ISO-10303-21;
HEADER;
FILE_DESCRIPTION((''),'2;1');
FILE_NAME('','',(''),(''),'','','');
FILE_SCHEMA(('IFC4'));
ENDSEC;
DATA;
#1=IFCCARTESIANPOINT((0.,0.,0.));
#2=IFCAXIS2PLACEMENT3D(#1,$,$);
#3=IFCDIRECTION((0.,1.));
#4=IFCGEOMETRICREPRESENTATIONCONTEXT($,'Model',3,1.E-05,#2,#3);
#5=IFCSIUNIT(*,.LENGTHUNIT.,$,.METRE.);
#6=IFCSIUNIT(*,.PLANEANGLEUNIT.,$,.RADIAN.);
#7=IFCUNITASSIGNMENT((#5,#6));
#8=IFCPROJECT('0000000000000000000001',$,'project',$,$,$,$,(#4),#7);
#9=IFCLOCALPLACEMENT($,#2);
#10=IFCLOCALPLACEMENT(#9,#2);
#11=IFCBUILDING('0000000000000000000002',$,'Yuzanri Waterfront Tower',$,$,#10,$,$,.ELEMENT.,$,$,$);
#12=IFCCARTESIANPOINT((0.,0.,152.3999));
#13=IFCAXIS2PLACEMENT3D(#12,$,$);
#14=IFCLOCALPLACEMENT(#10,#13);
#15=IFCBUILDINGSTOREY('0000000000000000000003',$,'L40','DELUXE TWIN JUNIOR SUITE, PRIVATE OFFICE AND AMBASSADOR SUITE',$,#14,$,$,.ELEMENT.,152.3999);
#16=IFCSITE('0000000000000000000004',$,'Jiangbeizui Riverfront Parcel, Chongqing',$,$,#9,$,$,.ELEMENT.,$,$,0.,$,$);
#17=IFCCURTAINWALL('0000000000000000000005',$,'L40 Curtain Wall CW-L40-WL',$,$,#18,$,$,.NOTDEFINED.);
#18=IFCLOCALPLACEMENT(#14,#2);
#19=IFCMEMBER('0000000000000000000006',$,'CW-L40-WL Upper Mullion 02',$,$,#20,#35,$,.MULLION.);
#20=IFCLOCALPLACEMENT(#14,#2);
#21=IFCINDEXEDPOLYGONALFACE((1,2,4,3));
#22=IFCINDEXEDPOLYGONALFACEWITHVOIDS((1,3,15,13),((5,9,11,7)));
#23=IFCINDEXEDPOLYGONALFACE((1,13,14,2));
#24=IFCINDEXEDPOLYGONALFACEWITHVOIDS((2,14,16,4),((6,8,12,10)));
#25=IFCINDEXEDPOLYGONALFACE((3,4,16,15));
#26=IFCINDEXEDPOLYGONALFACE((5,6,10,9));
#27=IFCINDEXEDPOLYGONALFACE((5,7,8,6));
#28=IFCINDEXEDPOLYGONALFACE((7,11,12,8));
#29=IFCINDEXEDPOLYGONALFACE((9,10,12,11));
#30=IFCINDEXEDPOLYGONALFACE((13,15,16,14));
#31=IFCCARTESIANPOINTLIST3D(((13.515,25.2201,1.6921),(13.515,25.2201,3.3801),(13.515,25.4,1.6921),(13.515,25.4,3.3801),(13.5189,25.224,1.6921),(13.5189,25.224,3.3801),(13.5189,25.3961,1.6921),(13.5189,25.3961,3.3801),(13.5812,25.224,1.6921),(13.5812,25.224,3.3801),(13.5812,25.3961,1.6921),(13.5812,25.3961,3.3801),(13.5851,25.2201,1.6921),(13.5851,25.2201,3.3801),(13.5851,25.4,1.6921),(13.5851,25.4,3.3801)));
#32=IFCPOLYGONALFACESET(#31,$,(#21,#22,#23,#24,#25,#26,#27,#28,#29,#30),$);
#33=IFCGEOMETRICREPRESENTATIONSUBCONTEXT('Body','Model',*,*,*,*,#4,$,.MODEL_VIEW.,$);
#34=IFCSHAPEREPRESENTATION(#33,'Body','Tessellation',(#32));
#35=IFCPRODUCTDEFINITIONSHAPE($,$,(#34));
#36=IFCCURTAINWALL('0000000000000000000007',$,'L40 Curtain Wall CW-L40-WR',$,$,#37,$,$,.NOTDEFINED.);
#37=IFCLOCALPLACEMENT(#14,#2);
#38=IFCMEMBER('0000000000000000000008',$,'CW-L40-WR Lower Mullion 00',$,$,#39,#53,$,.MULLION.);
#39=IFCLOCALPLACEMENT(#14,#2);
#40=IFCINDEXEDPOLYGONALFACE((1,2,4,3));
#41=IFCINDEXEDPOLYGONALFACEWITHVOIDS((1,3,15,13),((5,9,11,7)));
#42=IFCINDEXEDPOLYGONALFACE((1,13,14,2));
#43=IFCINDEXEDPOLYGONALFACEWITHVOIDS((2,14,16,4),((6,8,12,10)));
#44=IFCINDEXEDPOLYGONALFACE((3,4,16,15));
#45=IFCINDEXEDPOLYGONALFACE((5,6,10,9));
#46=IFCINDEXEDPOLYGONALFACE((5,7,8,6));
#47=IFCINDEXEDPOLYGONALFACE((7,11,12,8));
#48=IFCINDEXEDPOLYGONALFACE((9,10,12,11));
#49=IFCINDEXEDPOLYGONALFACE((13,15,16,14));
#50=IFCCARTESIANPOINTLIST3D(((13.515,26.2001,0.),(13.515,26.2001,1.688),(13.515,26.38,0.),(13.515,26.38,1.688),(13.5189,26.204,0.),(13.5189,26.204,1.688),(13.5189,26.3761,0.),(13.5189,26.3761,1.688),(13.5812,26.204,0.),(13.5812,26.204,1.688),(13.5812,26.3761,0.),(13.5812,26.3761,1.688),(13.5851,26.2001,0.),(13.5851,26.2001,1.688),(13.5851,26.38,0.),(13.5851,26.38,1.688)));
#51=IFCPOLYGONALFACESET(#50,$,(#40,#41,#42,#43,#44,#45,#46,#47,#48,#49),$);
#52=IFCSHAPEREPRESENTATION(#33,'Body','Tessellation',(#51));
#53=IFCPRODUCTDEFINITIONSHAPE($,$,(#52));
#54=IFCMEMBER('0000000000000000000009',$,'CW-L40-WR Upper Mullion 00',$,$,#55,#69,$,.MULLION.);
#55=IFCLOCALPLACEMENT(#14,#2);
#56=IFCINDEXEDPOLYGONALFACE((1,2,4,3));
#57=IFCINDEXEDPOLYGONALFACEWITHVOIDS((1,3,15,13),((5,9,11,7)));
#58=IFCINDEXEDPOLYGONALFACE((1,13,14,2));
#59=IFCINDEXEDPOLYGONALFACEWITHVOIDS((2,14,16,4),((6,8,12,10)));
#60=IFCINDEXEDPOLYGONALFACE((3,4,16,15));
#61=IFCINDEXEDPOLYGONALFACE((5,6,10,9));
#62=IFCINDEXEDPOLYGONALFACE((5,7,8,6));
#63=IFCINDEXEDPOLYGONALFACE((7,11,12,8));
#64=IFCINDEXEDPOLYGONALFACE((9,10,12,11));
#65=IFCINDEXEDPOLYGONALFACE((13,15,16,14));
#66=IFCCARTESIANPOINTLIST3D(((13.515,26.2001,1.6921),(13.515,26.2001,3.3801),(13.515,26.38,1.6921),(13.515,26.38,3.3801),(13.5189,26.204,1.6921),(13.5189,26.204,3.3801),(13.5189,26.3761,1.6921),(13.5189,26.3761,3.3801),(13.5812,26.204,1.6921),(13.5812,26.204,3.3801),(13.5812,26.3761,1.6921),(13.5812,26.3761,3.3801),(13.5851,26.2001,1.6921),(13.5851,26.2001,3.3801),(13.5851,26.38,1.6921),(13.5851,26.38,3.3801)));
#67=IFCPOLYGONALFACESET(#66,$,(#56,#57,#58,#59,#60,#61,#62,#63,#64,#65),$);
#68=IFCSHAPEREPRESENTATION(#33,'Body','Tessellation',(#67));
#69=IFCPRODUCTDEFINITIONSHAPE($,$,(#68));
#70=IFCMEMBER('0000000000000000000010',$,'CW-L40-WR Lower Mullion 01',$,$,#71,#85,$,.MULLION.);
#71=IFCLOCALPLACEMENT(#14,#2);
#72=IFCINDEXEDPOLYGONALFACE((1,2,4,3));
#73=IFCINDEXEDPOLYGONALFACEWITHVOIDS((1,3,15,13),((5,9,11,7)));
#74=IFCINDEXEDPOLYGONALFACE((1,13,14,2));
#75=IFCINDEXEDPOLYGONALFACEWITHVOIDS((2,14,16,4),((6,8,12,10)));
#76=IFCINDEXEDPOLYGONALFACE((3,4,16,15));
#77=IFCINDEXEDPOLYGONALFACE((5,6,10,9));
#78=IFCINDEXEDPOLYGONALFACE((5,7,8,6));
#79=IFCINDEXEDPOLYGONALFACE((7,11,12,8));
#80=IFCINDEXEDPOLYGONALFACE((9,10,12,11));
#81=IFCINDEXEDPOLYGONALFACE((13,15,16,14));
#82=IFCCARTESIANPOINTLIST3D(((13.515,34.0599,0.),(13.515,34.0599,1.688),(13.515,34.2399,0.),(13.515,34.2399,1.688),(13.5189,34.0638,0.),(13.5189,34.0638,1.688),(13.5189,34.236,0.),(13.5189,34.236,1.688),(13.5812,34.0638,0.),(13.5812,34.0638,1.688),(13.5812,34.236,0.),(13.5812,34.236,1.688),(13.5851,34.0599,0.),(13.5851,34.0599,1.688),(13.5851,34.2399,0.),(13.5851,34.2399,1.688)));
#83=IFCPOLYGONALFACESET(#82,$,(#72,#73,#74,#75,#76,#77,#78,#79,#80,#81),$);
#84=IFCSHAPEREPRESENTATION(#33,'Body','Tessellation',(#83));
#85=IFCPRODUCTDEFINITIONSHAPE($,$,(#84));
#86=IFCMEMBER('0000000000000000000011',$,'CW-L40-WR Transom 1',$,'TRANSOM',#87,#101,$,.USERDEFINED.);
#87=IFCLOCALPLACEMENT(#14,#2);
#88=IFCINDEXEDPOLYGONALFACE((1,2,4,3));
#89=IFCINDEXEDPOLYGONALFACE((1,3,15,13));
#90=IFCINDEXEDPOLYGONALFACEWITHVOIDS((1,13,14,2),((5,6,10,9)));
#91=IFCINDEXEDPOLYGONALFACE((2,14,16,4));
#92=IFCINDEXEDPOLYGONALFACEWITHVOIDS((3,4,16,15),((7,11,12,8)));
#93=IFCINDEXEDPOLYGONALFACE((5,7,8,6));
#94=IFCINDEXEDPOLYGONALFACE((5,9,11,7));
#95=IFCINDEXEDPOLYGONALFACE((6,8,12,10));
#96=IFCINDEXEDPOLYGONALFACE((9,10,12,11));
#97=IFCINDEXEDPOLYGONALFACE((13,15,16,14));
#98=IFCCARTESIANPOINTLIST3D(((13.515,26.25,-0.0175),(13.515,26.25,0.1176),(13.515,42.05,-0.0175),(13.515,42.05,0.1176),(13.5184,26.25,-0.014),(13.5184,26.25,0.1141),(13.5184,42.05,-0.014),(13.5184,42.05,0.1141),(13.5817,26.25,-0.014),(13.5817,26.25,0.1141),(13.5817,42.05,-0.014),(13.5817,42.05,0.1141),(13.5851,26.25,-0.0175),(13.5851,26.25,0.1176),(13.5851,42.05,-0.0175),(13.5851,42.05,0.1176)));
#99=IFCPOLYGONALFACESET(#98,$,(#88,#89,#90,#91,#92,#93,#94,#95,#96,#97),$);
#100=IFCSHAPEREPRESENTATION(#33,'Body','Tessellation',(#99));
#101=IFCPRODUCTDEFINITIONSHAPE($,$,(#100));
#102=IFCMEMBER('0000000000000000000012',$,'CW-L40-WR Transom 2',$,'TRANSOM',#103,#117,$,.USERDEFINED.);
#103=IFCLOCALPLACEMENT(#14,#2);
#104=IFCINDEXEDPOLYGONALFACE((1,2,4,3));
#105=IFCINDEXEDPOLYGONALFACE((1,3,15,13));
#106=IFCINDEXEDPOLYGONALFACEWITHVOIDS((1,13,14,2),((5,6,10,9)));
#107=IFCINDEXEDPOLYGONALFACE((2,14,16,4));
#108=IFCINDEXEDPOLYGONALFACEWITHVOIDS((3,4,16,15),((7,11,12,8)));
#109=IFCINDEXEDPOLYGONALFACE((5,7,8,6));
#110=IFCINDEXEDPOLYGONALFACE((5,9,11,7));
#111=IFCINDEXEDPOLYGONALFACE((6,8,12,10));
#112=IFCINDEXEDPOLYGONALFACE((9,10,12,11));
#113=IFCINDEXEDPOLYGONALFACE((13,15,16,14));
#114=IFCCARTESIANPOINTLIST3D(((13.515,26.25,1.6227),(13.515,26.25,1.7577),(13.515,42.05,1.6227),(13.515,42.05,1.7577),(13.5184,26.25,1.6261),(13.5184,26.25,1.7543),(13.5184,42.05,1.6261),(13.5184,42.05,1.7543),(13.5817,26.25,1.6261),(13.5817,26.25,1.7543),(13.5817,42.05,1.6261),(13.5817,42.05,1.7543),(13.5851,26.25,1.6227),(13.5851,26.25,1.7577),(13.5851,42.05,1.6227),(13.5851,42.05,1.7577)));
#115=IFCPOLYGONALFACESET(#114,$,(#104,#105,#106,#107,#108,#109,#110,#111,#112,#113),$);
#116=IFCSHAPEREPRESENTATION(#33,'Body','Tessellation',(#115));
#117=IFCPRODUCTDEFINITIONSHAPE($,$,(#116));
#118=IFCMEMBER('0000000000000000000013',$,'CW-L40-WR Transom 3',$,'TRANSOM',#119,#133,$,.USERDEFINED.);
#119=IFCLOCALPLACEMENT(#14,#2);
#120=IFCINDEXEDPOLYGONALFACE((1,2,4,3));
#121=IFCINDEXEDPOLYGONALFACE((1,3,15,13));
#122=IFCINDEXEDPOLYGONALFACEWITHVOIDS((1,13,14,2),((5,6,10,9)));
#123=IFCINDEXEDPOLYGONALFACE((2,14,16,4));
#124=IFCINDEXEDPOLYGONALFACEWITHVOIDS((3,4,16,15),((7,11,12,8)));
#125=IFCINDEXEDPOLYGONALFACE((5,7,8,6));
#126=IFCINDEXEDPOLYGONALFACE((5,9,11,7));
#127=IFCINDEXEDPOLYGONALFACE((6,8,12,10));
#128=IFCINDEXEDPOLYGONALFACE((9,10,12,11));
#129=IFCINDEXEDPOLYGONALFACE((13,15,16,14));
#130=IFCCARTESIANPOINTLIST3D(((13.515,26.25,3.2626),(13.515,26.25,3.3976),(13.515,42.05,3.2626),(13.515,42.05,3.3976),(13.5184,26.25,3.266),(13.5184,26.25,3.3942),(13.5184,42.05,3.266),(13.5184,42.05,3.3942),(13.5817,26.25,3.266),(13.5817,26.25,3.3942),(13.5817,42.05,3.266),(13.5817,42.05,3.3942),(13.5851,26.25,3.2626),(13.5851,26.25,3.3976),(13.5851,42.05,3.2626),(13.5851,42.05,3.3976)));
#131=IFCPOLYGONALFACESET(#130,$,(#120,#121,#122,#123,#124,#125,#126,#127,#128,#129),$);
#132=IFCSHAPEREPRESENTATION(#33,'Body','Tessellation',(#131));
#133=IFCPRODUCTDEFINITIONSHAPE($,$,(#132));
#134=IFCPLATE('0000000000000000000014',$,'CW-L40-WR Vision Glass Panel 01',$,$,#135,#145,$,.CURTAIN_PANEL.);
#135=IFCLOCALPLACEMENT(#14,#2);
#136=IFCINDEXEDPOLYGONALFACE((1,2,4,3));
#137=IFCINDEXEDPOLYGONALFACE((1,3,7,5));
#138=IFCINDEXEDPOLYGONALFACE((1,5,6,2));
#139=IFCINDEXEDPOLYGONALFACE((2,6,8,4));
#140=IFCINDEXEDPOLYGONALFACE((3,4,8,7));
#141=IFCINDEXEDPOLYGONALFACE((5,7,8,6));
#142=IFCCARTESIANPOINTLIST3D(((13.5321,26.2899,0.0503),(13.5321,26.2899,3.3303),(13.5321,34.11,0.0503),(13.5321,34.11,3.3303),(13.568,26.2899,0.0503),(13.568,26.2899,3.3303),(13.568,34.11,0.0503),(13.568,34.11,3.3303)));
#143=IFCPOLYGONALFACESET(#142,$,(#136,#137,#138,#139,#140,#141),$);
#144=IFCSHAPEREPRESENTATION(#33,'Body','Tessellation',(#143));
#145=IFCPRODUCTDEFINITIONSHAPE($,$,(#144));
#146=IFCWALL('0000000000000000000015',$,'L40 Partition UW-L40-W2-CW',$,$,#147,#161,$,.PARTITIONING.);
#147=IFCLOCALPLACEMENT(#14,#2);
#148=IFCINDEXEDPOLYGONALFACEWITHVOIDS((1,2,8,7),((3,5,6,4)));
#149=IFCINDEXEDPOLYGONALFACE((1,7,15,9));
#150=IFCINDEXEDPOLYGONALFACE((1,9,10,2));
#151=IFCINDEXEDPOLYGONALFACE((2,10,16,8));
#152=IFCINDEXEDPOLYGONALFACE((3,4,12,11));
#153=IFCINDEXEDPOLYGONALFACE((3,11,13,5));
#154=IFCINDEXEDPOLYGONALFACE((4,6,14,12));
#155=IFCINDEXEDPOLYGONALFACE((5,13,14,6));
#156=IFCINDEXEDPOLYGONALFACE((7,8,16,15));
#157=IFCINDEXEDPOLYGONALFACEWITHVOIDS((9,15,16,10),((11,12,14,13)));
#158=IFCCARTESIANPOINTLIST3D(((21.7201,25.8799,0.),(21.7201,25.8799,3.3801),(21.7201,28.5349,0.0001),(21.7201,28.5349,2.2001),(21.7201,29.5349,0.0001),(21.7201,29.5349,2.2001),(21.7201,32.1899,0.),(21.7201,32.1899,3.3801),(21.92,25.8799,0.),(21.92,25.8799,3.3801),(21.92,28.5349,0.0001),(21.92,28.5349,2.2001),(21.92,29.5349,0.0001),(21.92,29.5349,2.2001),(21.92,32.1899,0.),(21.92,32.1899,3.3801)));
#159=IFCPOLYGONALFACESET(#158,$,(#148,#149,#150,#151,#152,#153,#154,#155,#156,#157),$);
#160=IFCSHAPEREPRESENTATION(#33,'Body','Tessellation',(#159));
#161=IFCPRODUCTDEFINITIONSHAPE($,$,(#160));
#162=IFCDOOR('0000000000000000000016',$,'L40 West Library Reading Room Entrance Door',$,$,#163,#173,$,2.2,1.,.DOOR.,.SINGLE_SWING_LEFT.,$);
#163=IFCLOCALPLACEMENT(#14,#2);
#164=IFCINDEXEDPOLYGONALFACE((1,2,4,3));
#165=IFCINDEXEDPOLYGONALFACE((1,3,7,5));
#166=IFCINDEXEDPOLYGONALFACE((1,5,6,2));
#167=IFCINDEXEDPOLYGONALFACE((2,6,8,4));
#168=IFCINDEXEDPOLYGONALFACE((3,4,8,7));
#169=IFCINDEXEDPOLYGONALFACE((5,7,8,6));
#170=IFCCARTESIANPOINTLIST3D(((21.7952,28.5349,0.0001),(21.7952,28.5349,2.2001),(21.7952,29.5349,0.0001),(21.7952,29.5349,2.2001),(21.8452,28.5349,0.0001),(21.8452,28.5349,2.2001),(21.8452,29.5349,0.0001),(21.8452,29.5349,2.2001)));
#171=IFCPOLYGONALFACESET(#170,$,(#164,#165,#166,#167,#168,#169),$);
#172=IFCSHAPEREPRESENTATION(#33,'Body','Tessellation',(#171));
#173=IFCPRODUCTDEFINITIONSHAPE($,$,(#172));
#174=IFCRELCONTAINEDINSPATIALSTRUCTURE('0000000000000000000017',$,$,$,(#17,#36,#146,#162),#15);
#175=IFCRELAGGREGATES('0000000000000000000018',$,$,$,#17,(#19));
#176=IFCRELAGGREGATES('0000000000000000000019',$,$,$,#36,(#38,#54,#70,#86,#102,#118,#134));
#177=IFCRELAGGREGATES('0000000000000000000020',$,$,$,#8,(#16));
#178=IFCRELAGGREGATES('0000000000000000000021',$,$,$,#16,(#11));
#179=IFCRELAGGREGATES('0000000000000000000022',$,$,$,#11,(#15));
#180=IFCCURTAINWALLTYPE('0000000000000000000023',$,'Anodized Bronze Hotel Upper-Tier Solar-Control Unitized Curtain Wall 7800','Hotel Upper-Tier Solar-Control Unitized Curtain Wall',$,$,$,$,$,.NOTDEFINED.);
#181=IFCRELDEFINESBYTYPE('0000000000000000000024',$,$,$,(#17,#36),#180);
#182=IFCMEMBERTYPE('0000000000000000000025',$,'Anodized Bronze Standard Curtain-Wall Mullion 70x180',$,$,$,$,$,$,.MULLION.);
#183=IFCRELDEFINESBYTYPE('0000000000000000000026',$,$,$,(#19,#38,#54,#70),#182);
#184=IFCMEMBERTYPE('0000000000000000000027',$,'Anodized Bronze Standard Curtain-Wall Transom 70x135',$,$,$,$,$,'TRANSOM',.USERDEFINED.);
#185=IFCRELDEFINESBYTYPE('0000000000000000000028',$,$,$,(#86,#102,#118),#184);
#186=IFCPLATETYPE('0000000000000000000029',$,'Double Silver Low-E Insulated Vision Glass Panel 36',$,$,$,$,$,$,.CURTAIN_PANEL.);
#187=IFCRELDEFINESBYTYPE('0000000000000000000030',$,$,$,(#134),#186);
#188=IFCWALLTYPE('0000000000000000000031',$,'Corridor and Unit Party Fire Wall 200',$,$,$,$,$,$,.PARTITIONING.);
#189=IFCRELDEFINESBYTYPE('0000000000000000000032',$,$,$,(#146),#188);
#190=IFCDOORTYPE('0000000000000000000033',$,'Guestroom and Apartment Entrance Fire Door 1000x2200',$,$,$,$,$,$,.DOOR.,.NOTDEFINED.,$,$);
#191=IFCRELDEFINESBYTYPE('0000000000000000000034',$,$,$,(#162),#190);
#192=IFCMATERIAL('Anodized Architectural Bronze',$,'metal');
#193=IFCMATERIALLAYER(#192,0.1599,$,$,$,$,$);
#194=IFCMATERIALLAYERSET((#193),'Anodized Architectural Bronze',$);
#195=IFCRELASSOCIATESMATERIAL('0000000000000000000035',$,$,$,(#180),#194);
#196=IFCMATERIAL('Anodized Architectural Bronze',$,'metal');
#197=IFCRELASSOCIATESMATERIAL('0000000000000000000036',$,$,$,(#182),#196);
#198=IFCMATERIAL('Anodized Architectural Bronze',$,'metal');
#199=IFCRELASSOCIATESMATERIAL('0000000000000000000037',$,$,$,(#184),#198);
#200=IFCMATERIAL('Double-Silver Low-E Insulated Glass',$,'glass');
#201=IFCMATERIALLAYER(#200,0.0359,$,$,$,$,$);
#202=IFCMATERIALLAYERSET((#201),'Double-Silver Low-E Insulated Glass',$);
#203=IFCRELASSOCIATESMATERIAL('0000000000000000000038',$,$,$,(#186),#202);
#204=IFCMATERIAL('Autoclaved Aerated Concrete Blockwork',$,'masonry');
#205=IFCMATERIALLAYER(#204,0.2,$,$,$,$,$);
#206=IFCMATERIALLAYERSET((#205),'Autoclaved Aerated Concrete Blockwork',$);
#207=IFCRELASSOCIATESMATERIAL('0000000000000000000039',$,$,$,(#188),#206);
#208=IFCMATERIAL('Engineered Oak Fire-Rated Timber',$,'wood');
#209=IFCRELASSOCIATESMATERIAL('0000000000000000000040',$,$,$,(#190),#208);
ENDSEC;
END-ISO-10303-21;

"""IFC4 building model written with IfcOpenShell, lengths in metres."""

from ifc_helpers import new_model, si_unit, direction, frame, frame_2d, origin, origin_2d, place, context, subcontext, project, spatial, rectangle, hollow_rectangle, extrude, source, transform, mapped, material, layer, layer_set, material_profile, profile_set, type_object, element, fill, aggregate, save


model = new_model("IFC4")

# Units and contexts
model_context = context("Model", 3, precision=1e-05, world=origin(), true_north=direction((0.0, 1.0)))
body_context = subcontext(model_context, "Body", "Model", "MODEL_VIEW")
ifc_project = project(units=[si_unit("LENGTHUNIT", "METRE"), si_unit("PLANEANGLEUNIT", "RADIAN")], contexts=[model_context])

# Site, building, storey
site_placement = place(None, origin())
site = spatial("IfcSite", under=ifc_project, at=site_placement, Name="Jiangbeizui Riverfront Parcel, Chongqing", CompositionType="ELEMENT", RefElevation=0.0)
building_placement = place(site_placement, origin())
building = spatial("IfcBuilding", under=site, at=building_placement, Name="Yuzanri Waterfront Tower", CompositionType="ELEMENT")
storey_placement = place(building_placement, frame((0.0, 0.0, 152.3999)))
storey = spatial("IfcBuildingStorey", under=building, at=storey_placement, Name="L40", Description="DELUXE TWIN JUNIOR SUITE, PRIVATE OFFICE AND AMBASSADOR SUITE", CompositionType="ELEMENT", Elevation=152.3999)

# Curtain wall, member
ifc_material_1 = material(Name="Anodized Architectural Bronze", Category="metal")
ifc_layer_1 = layer(ifc_material_1, 0.1599)
ifc_layer_set_1 = layer_set([ifc_layer_1], Name="Anodized Architectural Bronze")
curtain_wall_type = type_object("IfcCurtainWallType", Name="Anodized Bronze Hotel Upper-Tier Solar-Control Unitized Curtain Wall 7800", Description="Hotel Upper-Tier Solar-Control Unitized Curtain Wall", PredefinedType="NOTDEFINED", material=ifc_layer_set_1)
curtain_wall_1_placement = place(storey_placement, origin())
curtain_wall_1 = element("IfcCurtainWall", 1, at=curtain_wall_1_placement, inside=storey, type_object=curtain_wall_type, Name="L40 Curtain Wall CW-L40-WL", PredefinedType="NOTDEFINED")
ifc_material_2 = material(Name="Anodized Architectural Bronze", Category="metal")
ifc_material_profile_1 = material_profile(ifc_material_2, hollow_rectangle(XDim=0.0701, YDim=0.1799, WallThickness=0.0039, at=origin_2d()), Name="CWM 70x180")
ifc_profile_set_1 = profile_set([ifc_material_profile_1], Name="Anodized Architectural Bronze")
member_type_1 = type_object("IfcMemberType", Name="Anodized Bronze Standard Curtain-Wall Mullion 70x180", PredefinedType="MULLION", material=ifc_profile_set_1)
shared_shape_1 = source(origin(), body_context, "Body", "SweptSolid", [
    extrude(hollow_rectangle(XDim=0.0701, YDim=0.1799, WallThickness=0.0039, at=origin_2d()), origin(), (0.0, 0.0, 1.0), 1.688),
])
member_1_placement = place(storey_placement, frame((13.55, 25.3101, 1.6921), z_axis=(0.0, 0.0, 1.0), x_axis=(1.0, 0.0, 0.0)))
member_1 = element("IfcMember", 2, at=member_1_placement, type_object=member_type_1, Name="CW-L40-WL Upper Mullion 02", PredefinedType="MULLION", context=body_context, shape_type="MappedRepresentation", body=[
    mapped(shared_shape_1, transform((0.0, 0.0, 0.0), scale=1.0)),
])
aggregate(curtain_wall_1, [member_1])

# Curtain wall, members, plate
curtain_wall_2_placement = place(storey_placement, origin())
curtain_wall_2 = element("IfcCurtainWall", 3, at=curtain_wall_2_placement, inside=storey, type_object=curtain_wall_type, Name="L40 Curtain Wall CW-L40-WR", PredefinedType="NOTDEFINED")
member_2_placement = place(storey_placement, frame((13.55, 26.29, 0.0), z_axis=(0.0, 0.0, 1.0), x_axis=(1.0, 0.0, 0.0)))
member_2 = element("IfcMember", 4, at=member_2_placement, type_object=member_type_1, Name="CW-L40-WR Lower Mullion 00", PredefinedType="MULLION", context=body_context, shape_type="MappedRepresentation", body=[
    mapped(shared_shape_1, transform((0.0, 0.0, 0.0), scale=1.0)),
])
member_3_placement = place(storey_placement, frame((13.55, 26.29, 1.6921), z_axis=(0.0, 0.0, 1.0), x_axis=(1.0, 0.0, 0.0)))
member_3 = element("IfcMember", 5, at=member_3_placement, type_object=member_type_1, Name="CW-L40-WR Upper Mullion 00", PredefinedType="MULLION", context=body_context, shape_type="MappedRepresentation", body=[
    mapped(shared_shape_1, transform((0.0, 0.0, 0.0), scale=1.0)),
])
member_4_placement = place(storey_placement, frame((13.55, 34.1499, 0.0), z_axis=(0.0, 0.0, 1.0), x_axis=(1.0, 0.0, 0.0)))
member_4 = element("IfcMember", 6, at=member_4_placement, type_object=member_type_1, Name="CW-L40-WR Lower Mullion 01", PredefinedType="MULLION", context=body_context, shape_type="MappedRepresentation", body=[
    mapped(shared_shape_1, transform((0.0, 0.0, 0.0), scale=1.0)),
])
ifc_material_3 = material(Name="Anodized Architectural Bronze", Category="metal")
ifc_material_profile_2 = material_profile(ifc_material_3, hollow_rectangle(XDim=0.0701, YDim=0.135, WallThickness=0.0034, at=origin_2d()), Name="CWT 70x135")
ifc_profile_set_2 = profile_set([ifc_material_profile_2], Name="Anodized Architectural Bronze")
member_type_2 = type_object("IfcMemberType", Name="Anodized Bronze Standard Curtain-Wall Transom 70x135", ElementType="TRANSOM", PredefinedType="USERDEFINED", material=ifc_profile_set_2)
shared_shape_2 = source(origin(), body_context, "Body", "SweptSolid", [
    extrude(hollow_rectangle(XDim=0.0701, YDim=0.135, WallThickness=0.0034, at=origin_2d()), origin(), (0.0, 0.0, 1.0), 15.8),
])
member_5_placement = place(storey_placement, frame((13.55, 26.25, 0.05), z_axis=(0.0, 1.0, 0.0), x_axis=(-1.0, 0.0, 0.0)))
member_5 = element("IfcMember", 7, at=member_5_placement, type_object=member_type_2, Name="CW-L40-WR Transom 1", ObjectType="TRANSOM", PredefinedType="USERDEFINED", context=body_context, shape_type="MappedRepresentation", body=[
    mapped(shared_shape_2, transform((0.0, 0.0, 0.0), scale=1.0)),
])
member_6_placement = place(storey_placement, frame((13.55, 26.25, 1.6902), z_axis=(0.0, 1.0, 0.0), x_axis=(-1.0, 0.0, 0.0)))
member_6 = element("IfcMember", 8, at=member_6_placement, type_object=member_type_2, Name="CW-L40-WR Transom 2", ObjectType="TRANSOM", PredefinedType="USERDEFINED", context=body_context, shape_type="MappedRepresentation", body=[
    mapped(shared_shape_2, transform((0.0, 0.0, 0.0), scale=1.0)),
])
member_7_placement = place(storey_placement, frame((13.55, 26.25, 3.3301), z_axis=(0.0, 1.0, 0.0), x_axis=(-1.0, 0.0, 0.0)))
member_7 = element("IfcMember", 9, at=member_7_placement, type_object=member_type_2, Name="CW-L40-WR Transom 3", ObjectType="TRANSOM", PredefinedType="USERDEFINED", context=body_context, shape_type="MappedRepresentation", body=[
    mapped(shared_shape_2, transform((0.0, 0.0, 0.0), scale=1.0)),
])
ifc_material_4 = material(Name="Double-Silver Low-E Insulated Glass", Category="glass")
ifc_layer_2 = layer(ifc_material_4, 0.0359)
ifc_layer_set_2 = layer_set([ifc_layer_2], Name="Double-Silver Low-E Insulated Glass")
plate_type = type_object("IfcPlateType", Name="Double Silver Low-E Insulated Vision Glass Panel 36", PredefinedType="CURTAIN_PANEL", material=ifc_layer_set_2)
shared_shape_3 = source(origin(), body_context, "Body", "SweptSolid", [
    extrude(rectangle(XDim=7.8201, YDim=0.0359, at=origin_2d()), origin(), (0.0, 0.0, 1.0), 3.28),
])
plate_placement = place(storey_placement, frame((13.55, 30.2, 0.0503), z_axis=(0.0, 0.0, 1.0), x_axis=(0.0, 1.0, 0.0)))
plate = element("IfcPlate", 10, at=plate_placement, type_object=plate_type, Name="CW-L40-WR Vision Glass Panel 01", PredefinedType="CURTAIN_PANEL", context=body_context, shape_type="MappedRepresentation", body=[
    mapped(shared_shape_3, transform((0.0, 0.0, 0.0), scale=1.0)),
])
aggregate(curtain_wall_2, [member_2, member_3, member_4, member_5, member_6, member_7, plate])

# Wall, opening, door
ifc_material_5 = material(Name="Autoclaved Aerated Concrete Blockwork", Category="masonry")
ifc_layer_3 = layer(ifc_material_5, 0.2)
ifc_layer_set_3 = layer_set([ifc_layer_3], Name="Autoclaved Aerated Concrete Blockwork")
wall_type_1 = type_object("IfcWallType", Name="Corridor and Unit Party Fire Wall 200", PredefinedType="PARTITIONING", material=ifc_layer_set_3)
wall_1_placement = place(storey_placement, frame((21.8201, 25.8799, 0.0), z_axis=(0.0, 0.0, 1.0), x_axis=(0.0, 1.0, 0.0)))
wall_1 = element("IfcWall", 11, at=wall_1_placement, inside=storey, type_object=wall_type_1, Name="L40 Partition UW-L40-W2-CW", PredefinedType="PARTITIONING", context=body_context, shape_type="SweptSolid", body=[
    extrude(rectangle(XDim=6.3101, YDim=0.2, at=frame_2d((3.155, 0.0))), origin(), (0.0, 0.0, 1.0), 3.3801),
])
opening_1_placement = place(wall_1_placement, frame((2.655, 0.0, 0.0)))
opening_1 = element("IfcOpeningElement", 12, at=opening_1_placement, cuts=wall_1, PredefinedType="OPENING", context=body_context, shape_type="SweptSolid", body=[
    extrude(rectangle(XDim=1.0, YDim=2.2, at=frame_2d((0.5, 1.1001))), frame((0.0, 0.1147, 0.0), z_axis=(0.0, -1.0, 0.0), x_axis=(1.0, 0.0, 0.0)), (0.0, 0.0, 1.0), 0.2297),
])
ifc_material_6 = material(Name="Engineered Oak Fire-Rated Timber", Category="wood")
door_type_1 = type_object("IfcDoorType", Name="Guestroom and Apartment Entrance Fire Door 1000x2200", OperationType="NOTDEFINED", PredefinedType="DOOR", material=ifc_material_6)
shared_shape_4 = source(origin(), body_context, "Body", "SweptSolid", [
    extrude(rectangle(XDim=1.0, YDim=2.2, at=frame_2d((0.5, 1.1001))), frame((0.0, 0.0249, 0.0), z_axis=(0.0, -1.0, 0.0), x_axis=(1.0, 0.0, 0.0)), (0.0, 0.0, 1.0), 0.05),
])
door_1_placement = place(opening_1_placement, origin())
door_1 = element("IfcDoor", 13, at=door_1_placement, inside=storey, type_object=door_type_1, Name="L40 West Library Reading Room Entrance Door", OperationType="SINGLE_SWING_LEFT", OverallHeight=2.2, OverallWidth=1.0, PredefinedType="DOOR", context=body_context, shape_type="MappedRepresentation", body=[
    mapped(shared_shape_4, transform((0.0, 0.0, 0.0), scale=1.0)),
])
fill(opening_1, door_1)

save(model, "model.ifc")
